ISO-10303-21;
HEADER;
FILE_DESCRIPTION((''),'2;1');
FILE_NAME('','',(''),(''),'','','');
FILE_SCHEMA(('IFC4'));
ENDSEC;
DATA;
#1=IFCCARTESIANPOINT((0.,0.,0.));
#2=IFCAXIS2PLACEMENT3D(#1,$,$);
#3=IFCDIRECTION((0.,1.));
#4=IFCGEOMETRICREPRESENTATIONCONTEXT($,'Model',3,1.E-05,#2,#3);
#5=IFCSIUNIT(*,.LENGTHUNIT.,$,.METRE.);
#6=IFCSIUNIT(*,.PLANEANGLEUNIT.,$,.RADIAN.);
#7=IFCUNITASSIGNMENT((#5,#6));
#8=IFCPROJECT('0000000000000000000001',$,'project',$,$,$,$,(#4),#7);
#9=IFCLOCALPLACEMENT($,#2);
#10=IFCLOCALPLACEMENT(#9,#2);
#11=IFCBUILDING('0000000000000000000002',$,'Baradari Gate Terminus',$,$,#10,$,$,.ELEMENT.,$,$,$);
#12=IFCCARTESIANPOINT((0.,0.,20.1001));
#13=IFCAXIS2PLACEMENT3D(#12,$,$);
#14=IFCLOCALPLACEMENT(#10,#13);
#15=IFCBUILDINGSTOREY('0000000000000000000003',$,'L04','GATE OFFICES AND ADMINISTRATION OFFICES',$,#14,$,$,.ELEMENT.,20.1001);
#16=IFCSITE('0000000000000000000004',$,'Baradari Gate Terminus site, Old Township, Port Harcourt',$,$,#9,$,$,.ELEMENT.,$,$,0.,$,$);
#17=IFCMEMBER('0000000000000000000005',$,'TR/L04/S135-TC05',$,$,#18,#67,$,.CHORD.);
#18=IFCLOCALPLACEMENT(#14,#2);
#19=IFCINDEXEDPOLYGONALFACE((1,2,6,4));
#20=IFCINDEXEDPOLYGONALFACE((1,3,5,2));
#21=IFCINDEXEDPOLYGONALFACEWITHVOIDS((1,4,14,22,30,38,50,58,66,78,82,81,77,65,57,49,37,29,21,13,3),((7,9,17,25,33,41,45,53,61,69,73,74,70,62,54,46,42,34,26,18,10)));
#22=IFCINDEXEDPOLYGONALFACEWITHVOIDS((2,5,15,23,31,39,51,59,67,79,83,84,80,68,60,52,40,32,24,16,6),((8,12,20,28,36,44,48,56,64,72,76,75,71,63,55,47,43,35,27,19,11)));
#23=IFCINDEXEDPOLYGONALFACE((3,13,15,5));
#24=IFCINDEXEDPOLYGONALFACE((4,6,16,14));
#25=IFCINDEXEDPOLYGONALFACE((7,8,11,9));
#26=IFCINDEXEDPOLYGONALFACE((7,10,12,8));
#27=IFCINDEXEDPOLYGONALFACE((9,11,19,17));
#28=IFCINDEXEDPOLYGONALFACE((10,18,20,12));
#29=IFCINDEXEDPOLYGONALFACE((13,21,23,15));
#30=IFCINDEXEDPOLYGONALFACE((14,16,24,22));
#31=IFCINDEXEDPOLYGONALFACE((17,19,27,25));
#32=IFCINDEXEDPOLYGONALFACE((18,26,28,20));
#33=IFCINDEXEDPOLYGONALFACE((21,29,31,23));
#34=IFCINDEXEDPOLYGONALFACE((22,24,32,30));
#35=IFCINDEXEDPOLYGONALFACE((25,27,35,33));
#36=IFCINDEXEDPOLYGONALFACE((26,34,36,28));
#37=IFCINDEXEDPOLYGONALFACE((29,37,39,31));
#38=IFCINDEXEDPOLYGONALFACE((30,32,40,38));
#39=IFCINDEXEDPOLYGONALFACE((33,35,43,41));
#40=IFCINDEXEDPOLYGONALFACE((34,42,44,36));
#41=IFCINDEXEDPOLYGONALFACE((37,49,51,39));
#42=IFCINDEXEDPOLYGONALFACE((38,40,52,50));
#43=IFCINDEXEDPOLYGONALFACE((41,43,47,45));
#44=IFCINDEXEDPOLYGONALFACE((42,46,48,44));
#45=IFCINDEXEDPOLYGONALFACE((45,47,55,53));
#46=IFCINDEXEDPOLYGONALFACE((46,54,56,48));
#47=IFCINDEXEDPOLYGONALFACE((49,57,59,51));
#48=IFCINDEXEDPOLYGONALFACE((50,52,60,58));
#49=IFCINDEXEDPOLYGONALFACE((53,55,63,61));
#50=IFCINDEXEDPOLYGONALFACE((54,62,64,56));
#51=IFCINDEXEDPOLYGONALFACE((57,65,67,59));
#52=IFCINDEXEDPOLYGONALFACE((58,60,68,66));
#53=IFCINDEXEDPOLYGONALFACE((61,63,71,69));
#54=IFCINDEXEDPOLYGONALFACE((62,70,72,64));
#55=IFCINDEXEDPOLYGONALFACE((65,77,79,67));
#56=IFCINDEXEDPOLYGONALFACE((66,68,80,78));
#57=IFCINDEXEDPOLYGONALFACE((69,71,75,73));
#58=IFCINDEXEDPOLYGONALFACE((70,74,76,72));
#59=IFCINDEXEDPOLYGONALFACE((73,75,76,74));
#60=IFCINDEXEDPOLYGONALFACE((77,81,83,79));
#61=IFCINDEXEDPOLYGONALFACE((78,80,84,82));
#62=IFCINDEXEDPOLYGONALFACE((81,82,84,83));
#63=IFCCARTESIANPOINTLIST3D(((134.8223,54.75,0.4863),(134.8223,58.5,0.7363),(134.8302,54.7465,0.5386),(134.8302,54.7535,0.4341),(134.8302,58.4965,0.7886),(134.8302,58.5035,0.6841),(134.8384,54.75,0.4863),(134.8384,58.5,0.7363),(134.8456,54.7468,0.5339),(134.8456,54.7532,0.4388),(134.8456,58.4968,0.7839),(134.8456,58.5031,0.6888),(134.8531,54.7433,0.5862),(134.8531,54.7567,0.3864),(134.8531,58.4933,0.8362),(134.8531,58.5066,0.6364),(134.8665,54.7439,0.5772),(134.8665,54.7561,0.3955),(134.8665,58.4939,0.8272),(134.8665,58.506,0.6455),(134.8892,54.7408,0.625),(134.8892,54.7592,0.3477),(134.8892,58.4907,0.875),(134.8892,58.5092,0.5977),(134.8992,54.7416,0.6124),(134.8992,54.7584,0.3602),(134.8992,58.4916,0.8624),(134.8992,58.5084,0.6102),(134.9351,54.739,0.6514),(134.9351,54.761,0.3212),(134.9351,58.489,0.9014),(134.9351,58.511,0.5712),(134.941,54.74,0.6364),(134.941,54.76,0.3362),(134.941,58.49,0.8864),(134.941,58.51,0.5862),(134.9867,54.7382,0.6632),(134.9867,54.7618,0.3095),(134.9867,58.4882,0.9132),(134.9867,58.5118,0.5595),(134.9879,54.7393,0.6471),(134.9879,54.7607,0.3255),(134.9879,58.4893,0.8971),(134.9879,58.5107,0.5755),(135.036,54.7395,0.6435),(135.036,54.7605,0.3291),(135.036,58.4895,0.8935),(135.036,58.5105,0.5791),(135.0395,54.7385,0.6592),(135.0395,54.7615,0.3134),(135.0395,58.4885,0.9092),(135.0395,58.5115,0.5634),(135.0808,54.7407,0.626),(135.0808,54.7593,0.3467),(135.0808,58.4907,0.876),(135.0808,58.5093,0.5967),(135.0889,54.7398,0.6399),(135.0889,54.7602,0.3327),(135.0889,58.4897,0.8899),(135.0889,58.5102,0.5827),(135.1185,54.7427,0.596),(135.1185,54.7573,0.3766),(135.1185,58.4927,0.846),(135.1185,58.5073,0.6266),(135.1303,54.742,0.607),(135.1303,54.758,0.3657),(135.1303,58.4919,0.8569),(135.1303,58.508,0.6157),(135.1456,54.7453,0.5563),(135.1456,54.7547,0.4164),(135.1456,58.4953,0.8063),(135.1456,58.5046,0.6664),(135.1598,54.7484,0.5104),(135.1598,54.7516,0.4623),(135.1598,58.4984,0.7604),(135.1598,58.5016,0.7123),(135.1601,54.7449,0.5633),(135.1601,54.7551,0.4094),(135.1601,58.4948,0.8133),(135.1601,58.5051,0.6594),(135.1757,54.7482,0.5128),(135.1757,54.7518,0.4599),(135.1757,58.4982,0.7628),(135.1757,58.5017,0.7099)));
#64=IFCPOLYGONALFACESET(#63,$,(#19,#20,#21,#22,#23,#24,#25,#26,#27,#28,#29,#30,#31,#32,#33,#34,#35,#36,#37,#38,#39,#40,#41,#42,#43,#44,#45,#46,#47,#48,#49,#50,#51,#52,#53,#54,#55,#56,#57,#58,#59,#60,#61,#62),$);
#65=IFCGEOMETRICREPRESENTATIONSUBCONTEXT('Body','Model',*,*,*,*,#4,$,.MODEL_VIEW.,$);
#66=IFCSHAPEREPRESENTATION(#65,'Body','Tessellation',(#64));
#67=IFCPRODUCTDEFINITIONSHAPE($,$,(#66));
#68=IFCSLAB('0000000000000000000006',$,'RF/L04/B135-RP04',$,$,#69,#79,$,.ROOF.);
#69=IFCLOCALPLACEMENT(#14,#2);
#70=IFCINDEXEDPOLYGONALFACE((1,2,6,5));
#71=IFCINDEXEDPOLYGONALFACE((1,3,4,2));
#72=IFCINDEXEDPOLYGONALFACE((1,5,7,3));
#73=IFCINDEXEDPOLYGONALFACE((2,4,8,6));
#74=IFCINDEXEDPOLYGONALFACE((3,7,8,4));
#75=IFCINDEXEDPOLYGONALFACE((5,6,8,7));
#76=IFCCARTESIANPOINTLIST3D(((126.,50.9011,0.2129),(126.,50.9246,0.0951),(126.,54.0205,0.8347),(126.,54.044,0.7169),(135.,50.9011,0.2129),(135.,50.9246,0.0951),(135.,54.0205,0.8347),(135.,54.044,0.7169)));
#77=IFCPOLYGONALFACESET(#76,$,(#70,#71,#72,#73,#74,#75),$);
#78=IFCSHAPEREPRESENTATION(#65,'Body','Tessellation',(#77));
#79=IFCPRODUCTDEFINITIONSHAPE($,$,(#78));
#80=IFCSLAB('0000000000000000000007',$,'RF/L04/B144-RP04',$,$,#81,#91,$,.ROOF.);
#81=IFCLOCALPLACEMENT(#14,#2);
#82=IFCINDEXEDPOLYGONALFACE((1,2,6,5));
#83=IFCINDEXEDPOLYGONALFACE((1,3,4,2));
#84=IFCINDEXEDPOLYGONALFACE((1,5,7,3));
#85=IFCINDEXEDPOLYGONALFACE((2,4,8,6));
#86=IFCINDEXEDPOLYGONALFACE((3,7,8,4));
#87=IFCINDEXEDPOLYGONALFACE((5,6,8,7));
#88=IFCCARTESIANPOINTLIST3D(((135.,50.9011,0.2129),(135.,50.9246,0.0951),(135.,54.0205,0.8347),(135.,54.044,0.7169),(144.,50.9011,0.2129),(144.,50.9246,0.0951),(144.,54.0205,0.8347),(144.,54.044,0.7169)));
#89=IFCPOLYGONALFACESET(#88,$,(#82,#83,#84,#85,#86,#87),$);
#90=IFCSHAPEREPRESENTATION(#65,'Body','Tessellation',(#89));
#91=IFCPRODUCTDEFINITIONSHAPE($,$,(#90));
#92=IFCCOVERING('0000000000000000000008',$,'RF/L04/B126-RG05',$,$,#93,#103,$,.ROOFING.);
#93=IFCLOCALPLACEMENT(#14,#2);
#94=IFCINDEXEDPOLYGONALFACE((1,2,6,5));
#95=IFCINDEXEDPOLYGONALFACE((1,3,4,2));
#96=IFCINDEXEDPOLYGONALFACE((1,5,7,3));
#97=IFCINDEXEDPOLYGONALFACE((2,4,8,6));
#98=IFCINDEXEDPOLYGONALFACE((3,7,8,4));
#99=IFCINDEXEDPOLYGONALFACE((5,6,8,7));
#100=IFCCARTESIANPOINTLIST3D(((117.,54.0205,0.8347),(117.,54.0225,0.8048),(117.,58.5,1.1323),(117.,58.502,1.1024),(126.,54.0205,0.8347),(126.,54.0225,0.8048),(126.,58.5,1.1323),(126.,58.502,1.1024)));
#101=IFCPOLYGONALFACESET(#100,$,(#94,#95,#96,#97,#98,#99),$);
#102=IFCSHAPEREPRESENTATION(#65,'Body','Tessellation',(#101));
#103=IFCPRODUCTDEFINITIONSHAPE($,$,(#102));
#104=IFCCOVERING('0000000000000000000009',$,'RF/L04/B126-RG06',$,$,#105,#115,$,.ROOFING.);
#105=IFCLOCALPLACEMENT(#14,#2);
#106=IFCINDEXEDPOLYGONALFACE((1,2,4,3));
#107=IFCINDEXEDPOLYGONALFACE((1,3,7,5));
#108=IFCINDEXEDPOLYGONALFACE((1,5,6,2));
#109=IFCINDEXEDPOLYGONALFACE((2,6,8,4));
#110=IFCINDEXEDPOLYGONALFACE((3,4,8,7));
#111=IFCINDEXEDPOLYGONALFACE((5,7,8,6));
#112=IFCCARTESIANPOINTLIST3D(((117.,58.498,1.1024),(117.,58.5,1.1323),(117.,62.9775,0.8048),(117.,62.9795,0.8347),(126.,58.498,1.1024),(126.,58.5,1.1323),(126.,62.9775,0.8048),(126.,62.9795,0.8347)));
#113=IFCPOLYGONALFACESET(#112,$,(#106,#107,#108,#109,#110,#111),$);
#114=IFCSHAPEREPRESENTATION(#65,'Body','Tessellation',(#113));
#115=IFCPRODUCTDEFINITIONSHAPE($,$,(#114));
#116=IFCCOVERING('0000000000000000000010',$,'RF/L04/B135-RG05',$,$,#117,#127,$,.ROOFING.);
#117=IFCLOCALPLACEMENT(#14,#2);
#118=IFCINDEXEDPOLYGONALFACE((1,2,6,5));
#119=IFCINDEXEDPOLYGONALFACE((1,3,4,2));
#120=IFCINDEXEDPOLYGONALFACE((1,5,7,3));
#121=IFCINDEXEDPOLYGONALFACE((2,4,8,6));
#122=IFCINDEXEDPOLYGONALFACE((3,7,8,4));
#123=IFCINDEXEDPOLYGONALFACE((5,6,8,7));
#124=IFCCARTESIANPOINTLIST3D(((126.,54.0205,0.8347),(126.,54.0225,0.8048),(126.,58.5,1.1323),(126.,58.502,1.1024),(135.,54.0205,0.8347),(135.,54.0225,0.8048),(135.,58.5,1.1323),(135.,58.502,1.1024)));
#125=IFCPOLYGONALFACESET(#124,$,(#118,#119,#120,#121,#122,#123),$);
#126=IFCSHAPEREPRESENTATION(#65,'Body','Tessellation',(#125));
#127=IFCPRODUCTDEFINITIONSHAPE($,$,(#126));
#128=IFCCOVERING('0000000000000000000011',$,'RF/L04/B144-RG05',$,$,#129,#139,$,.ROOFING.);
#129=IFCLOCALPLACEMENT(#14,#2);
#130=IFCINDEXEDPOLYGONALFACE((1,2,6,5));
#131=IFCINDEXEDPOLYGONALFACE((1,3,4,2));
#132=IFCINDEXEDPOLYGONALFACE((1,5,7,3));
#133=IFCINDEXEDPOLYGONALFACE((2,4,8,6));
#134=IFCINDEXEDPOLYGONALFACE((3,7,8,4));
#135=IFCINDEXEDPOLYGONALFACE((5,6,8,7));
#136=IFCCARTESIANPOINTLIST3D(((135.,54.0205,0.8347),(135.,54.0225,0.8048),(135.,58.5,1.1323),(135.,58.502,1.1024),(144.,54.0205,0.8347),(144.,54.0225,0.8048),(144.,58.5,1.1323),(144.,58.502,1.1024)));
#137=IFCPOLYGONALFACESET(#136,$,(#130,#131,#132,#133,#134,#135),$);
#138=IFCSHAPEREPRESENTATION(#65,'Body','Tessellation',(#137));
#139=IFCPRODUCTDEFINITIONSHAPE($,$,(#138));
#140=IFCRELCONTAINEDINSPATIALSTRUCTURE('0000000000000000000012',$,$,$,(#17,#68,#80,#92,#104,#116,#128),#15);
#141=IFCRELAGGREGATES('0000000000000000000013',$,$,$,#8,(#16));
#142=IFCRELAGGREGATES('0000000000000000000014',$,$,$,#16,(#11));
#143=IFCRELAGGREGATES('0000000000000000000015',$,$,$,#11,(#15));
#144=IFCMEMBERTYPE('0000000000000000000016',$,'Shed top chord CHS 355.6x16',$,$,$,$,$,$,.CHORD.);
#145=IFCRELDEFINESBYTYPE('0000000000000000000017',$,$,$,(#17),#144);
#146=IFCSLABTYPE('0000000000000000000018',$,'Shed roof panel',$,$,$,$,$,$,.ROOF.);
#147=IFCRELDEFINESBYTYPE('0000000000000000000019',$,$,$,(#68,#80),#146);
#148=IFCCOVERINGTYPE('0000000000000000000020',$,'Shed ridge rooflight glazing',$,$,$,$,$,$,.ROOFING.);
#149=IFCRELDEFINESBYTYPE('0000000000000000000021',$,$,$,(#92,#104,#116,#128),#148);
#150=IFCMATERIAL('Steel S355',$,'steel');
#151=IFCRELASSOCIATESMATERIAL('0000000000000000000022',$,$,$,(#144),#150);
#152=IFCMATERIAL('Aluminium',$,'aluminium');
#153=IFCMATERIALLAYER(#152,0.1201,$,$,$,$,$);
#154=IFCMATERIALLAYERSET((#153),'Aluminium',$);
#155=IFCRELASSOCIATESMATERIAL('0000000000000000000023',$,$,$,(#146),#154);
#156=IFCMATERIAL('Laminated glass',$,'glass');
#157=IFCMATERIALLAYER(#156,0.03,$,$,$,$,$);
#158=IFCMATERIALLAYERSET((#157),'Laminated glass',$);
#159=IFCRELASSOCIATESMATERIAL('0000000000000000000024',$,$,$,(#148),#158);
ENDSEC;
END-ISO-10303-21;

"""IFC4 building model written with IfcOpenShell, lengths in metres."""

from ifc_helpers import new_model, si_unit, direction, frame, origin, origin_2d, place, context, subcontext, project, spatial, polyline, hollow_circle, outline, extrude, material, layer, layer_set, material_profile, profile_set, type_object, element, save


model = new_model("IFC4")

# Units and contexts
model_context = context("Model", 3, precision=1e-05, world=origin(), true_north=direction((0.0, 1.0)))
body_context = subcontext(model_context, "Body", "Model", "MODEL_VIEW")
ifc_project = project(units=[si_unit("LENGTHUNIT", "METRE"), si_unit("PLANEANGLEUNIT", "RADIAN")], contexts=[model_context])

# Site, building, storey
site_placement = place(None, origin())
site = spatial("IfcSite", under=ifc_project, at=site_placement, Name="Baradari Gate Terminus site, Old Township, Port Harcourt", CompositionType="ELEMENT", RefElevation=0.0)
building_placement = place(site_placement, origin())
building = spatial("IfcBuilding", under=site, at=building_placement, Name="Baradari Gate Terminus", CompositionType="ELEMENT")
storey_placement = place(building_placement, frame((0.0, 0.0, 20.1001)))
storey = spatial("IfcBuildingStorey", under=building, at=storey_placement, Name="L04", Description="GATE OFFICES AND ADMINISTRATION OFFICES", CompositionType="ELEMENT", Elevation=20.1001)

# Member
ifc_material_1 = material(Name="Steel S355", Category="steel")
ifc_material_profile_1 = material_profile(ifc_material_1, hollow_circle(Radius=0.1777, WallThickness=0.0161, at=origin_2d()), Name="CHS 355.6x16")
ifc_profile_set_1 = profile_set([ifc_material_profile_1], Name="Steel S355")
member_type_1 = type_object("IfcMemberType", Name="Shed top chord CHS 355.6x16", PredefinedType="CHORD", material=ifc_profile_set_1)
member_1_placement = place(storey_placement, frame((135.0, 54.75, 0.4863), z_axis=(0.0, 0.997785, 0.066519), x_axis=(-1.0, 0.0, 0.0)))
element("IfcMember", 1, at=member_1_placement, inside=storey, type_object=member_type_1, Name="TR/L04/S135-TC05", PredefinedType="CHORD", context=body_context, shape_type="SweptSolid", body=[
    extrude(hollow_circle(Radius=0.1777, WallThickness=0.0161, at=origin_2d()), origin(), (0.0, 0.0, 1.0), 3.7583),
])

# Slabs
ifc_material_2 = material(Name="Aluminium", Category="aluminium")
ifc_layer_1 = layer(ifc_material_2, 0.1201)
ifc_layer_set_1 = layer_set([ifc_layer_1], Name="Aluminium")
slab_type = type_object("IfcSlabType", Name="Shed roof panel", PredefinedType="ROOF", material=ifc_layer_set_1)
for number, where, z_axis, x_axis, name in (
    (2, (126.0, 50.9011, 0.2129), (0.0, -0.195496, 0.980704), (1.0, 0.0, 0.0), "RF/L04/B135-RP04"),
    (3, (135.0, 50.9011, 0.2129), (0.0, -0.195496, 0.980704), (1.0, 0.0, 0.0), "RF/L04/B144-RP04"),
):
    element("IfcSlab", number, at=place(storey_placement, frame(where, z_axis=z_axis, x_axis=x_axis)), inside=storey, type_object=slab_type, Name=name, PredefinedType="ROOF", context=body_context, shape_type="SweptSolid", body=[
        extrude(outline(polyline([(0.0, 0.0), (9.0, 0.0), (9.0, 3.1808), (0.0, 3.1808), (0.0, 0.0)])), origin(), (0.0, 0.0, -1.0), 0.1201),
    ])

# Coverings
ifc_material_3 = material(Name="Laminated glass", Category="glass")
ifc_layer_2 = layer(ifc_material_3, 0.03)
ifc_layer_set_2 = layer_set([ifc_layer_2], Name="Laminated glass")
covering_type = type_object("IfcCoveringType", Name="Shed ridge rooflight glazing", PredefinedType="ROOFING", material=ifc_layer_set_2)
for number, where, z_axis, x_axis, name in (
    (4, (117.0, 54.0205, 0.8347), (0.0, -0.066292, 0.9978), (1.0, 0.0, 0.0), "RF/L04/B126-RG05"),
    (5, (117.0, 58.5, 1.1323), (0.0, 0.066292, 0.9978), (1.0, 0.0, 0.0), "RF/L04/B126-RG06"),
    (6, (126.0, 54.0205, 0.8347), (0.0, -0.066292, 0.9978), (1.0, 0.0, 0.0), "RF/L04/B135-RG05"),
    (7, (135.0, 54.0205, 0.8347), (0.0, -0.066292, 0.9978), (1.0, 0.0, 0.0), "RF/L04/B144-RG05"),
):
    element("IfcCovering", number, at=place(storey_placement, frame(where, z_axis=z_axis, x_axis=x_axis)), inside=storey, type_object=covering_type, Name=name, PredefinedType="ROOFING", context=body_context, shape_type="SweptSolid", body=[
        extrude(outline(polyline([(0.0, 0.0), (9.0, 0.0), (9.0, 4.4894), (0.0, 4.4894), (0.0, 0.0)])), origin(), (0.0, 0.0, -1.0), 0.03),
    ])

save(model, "model.ifc")
